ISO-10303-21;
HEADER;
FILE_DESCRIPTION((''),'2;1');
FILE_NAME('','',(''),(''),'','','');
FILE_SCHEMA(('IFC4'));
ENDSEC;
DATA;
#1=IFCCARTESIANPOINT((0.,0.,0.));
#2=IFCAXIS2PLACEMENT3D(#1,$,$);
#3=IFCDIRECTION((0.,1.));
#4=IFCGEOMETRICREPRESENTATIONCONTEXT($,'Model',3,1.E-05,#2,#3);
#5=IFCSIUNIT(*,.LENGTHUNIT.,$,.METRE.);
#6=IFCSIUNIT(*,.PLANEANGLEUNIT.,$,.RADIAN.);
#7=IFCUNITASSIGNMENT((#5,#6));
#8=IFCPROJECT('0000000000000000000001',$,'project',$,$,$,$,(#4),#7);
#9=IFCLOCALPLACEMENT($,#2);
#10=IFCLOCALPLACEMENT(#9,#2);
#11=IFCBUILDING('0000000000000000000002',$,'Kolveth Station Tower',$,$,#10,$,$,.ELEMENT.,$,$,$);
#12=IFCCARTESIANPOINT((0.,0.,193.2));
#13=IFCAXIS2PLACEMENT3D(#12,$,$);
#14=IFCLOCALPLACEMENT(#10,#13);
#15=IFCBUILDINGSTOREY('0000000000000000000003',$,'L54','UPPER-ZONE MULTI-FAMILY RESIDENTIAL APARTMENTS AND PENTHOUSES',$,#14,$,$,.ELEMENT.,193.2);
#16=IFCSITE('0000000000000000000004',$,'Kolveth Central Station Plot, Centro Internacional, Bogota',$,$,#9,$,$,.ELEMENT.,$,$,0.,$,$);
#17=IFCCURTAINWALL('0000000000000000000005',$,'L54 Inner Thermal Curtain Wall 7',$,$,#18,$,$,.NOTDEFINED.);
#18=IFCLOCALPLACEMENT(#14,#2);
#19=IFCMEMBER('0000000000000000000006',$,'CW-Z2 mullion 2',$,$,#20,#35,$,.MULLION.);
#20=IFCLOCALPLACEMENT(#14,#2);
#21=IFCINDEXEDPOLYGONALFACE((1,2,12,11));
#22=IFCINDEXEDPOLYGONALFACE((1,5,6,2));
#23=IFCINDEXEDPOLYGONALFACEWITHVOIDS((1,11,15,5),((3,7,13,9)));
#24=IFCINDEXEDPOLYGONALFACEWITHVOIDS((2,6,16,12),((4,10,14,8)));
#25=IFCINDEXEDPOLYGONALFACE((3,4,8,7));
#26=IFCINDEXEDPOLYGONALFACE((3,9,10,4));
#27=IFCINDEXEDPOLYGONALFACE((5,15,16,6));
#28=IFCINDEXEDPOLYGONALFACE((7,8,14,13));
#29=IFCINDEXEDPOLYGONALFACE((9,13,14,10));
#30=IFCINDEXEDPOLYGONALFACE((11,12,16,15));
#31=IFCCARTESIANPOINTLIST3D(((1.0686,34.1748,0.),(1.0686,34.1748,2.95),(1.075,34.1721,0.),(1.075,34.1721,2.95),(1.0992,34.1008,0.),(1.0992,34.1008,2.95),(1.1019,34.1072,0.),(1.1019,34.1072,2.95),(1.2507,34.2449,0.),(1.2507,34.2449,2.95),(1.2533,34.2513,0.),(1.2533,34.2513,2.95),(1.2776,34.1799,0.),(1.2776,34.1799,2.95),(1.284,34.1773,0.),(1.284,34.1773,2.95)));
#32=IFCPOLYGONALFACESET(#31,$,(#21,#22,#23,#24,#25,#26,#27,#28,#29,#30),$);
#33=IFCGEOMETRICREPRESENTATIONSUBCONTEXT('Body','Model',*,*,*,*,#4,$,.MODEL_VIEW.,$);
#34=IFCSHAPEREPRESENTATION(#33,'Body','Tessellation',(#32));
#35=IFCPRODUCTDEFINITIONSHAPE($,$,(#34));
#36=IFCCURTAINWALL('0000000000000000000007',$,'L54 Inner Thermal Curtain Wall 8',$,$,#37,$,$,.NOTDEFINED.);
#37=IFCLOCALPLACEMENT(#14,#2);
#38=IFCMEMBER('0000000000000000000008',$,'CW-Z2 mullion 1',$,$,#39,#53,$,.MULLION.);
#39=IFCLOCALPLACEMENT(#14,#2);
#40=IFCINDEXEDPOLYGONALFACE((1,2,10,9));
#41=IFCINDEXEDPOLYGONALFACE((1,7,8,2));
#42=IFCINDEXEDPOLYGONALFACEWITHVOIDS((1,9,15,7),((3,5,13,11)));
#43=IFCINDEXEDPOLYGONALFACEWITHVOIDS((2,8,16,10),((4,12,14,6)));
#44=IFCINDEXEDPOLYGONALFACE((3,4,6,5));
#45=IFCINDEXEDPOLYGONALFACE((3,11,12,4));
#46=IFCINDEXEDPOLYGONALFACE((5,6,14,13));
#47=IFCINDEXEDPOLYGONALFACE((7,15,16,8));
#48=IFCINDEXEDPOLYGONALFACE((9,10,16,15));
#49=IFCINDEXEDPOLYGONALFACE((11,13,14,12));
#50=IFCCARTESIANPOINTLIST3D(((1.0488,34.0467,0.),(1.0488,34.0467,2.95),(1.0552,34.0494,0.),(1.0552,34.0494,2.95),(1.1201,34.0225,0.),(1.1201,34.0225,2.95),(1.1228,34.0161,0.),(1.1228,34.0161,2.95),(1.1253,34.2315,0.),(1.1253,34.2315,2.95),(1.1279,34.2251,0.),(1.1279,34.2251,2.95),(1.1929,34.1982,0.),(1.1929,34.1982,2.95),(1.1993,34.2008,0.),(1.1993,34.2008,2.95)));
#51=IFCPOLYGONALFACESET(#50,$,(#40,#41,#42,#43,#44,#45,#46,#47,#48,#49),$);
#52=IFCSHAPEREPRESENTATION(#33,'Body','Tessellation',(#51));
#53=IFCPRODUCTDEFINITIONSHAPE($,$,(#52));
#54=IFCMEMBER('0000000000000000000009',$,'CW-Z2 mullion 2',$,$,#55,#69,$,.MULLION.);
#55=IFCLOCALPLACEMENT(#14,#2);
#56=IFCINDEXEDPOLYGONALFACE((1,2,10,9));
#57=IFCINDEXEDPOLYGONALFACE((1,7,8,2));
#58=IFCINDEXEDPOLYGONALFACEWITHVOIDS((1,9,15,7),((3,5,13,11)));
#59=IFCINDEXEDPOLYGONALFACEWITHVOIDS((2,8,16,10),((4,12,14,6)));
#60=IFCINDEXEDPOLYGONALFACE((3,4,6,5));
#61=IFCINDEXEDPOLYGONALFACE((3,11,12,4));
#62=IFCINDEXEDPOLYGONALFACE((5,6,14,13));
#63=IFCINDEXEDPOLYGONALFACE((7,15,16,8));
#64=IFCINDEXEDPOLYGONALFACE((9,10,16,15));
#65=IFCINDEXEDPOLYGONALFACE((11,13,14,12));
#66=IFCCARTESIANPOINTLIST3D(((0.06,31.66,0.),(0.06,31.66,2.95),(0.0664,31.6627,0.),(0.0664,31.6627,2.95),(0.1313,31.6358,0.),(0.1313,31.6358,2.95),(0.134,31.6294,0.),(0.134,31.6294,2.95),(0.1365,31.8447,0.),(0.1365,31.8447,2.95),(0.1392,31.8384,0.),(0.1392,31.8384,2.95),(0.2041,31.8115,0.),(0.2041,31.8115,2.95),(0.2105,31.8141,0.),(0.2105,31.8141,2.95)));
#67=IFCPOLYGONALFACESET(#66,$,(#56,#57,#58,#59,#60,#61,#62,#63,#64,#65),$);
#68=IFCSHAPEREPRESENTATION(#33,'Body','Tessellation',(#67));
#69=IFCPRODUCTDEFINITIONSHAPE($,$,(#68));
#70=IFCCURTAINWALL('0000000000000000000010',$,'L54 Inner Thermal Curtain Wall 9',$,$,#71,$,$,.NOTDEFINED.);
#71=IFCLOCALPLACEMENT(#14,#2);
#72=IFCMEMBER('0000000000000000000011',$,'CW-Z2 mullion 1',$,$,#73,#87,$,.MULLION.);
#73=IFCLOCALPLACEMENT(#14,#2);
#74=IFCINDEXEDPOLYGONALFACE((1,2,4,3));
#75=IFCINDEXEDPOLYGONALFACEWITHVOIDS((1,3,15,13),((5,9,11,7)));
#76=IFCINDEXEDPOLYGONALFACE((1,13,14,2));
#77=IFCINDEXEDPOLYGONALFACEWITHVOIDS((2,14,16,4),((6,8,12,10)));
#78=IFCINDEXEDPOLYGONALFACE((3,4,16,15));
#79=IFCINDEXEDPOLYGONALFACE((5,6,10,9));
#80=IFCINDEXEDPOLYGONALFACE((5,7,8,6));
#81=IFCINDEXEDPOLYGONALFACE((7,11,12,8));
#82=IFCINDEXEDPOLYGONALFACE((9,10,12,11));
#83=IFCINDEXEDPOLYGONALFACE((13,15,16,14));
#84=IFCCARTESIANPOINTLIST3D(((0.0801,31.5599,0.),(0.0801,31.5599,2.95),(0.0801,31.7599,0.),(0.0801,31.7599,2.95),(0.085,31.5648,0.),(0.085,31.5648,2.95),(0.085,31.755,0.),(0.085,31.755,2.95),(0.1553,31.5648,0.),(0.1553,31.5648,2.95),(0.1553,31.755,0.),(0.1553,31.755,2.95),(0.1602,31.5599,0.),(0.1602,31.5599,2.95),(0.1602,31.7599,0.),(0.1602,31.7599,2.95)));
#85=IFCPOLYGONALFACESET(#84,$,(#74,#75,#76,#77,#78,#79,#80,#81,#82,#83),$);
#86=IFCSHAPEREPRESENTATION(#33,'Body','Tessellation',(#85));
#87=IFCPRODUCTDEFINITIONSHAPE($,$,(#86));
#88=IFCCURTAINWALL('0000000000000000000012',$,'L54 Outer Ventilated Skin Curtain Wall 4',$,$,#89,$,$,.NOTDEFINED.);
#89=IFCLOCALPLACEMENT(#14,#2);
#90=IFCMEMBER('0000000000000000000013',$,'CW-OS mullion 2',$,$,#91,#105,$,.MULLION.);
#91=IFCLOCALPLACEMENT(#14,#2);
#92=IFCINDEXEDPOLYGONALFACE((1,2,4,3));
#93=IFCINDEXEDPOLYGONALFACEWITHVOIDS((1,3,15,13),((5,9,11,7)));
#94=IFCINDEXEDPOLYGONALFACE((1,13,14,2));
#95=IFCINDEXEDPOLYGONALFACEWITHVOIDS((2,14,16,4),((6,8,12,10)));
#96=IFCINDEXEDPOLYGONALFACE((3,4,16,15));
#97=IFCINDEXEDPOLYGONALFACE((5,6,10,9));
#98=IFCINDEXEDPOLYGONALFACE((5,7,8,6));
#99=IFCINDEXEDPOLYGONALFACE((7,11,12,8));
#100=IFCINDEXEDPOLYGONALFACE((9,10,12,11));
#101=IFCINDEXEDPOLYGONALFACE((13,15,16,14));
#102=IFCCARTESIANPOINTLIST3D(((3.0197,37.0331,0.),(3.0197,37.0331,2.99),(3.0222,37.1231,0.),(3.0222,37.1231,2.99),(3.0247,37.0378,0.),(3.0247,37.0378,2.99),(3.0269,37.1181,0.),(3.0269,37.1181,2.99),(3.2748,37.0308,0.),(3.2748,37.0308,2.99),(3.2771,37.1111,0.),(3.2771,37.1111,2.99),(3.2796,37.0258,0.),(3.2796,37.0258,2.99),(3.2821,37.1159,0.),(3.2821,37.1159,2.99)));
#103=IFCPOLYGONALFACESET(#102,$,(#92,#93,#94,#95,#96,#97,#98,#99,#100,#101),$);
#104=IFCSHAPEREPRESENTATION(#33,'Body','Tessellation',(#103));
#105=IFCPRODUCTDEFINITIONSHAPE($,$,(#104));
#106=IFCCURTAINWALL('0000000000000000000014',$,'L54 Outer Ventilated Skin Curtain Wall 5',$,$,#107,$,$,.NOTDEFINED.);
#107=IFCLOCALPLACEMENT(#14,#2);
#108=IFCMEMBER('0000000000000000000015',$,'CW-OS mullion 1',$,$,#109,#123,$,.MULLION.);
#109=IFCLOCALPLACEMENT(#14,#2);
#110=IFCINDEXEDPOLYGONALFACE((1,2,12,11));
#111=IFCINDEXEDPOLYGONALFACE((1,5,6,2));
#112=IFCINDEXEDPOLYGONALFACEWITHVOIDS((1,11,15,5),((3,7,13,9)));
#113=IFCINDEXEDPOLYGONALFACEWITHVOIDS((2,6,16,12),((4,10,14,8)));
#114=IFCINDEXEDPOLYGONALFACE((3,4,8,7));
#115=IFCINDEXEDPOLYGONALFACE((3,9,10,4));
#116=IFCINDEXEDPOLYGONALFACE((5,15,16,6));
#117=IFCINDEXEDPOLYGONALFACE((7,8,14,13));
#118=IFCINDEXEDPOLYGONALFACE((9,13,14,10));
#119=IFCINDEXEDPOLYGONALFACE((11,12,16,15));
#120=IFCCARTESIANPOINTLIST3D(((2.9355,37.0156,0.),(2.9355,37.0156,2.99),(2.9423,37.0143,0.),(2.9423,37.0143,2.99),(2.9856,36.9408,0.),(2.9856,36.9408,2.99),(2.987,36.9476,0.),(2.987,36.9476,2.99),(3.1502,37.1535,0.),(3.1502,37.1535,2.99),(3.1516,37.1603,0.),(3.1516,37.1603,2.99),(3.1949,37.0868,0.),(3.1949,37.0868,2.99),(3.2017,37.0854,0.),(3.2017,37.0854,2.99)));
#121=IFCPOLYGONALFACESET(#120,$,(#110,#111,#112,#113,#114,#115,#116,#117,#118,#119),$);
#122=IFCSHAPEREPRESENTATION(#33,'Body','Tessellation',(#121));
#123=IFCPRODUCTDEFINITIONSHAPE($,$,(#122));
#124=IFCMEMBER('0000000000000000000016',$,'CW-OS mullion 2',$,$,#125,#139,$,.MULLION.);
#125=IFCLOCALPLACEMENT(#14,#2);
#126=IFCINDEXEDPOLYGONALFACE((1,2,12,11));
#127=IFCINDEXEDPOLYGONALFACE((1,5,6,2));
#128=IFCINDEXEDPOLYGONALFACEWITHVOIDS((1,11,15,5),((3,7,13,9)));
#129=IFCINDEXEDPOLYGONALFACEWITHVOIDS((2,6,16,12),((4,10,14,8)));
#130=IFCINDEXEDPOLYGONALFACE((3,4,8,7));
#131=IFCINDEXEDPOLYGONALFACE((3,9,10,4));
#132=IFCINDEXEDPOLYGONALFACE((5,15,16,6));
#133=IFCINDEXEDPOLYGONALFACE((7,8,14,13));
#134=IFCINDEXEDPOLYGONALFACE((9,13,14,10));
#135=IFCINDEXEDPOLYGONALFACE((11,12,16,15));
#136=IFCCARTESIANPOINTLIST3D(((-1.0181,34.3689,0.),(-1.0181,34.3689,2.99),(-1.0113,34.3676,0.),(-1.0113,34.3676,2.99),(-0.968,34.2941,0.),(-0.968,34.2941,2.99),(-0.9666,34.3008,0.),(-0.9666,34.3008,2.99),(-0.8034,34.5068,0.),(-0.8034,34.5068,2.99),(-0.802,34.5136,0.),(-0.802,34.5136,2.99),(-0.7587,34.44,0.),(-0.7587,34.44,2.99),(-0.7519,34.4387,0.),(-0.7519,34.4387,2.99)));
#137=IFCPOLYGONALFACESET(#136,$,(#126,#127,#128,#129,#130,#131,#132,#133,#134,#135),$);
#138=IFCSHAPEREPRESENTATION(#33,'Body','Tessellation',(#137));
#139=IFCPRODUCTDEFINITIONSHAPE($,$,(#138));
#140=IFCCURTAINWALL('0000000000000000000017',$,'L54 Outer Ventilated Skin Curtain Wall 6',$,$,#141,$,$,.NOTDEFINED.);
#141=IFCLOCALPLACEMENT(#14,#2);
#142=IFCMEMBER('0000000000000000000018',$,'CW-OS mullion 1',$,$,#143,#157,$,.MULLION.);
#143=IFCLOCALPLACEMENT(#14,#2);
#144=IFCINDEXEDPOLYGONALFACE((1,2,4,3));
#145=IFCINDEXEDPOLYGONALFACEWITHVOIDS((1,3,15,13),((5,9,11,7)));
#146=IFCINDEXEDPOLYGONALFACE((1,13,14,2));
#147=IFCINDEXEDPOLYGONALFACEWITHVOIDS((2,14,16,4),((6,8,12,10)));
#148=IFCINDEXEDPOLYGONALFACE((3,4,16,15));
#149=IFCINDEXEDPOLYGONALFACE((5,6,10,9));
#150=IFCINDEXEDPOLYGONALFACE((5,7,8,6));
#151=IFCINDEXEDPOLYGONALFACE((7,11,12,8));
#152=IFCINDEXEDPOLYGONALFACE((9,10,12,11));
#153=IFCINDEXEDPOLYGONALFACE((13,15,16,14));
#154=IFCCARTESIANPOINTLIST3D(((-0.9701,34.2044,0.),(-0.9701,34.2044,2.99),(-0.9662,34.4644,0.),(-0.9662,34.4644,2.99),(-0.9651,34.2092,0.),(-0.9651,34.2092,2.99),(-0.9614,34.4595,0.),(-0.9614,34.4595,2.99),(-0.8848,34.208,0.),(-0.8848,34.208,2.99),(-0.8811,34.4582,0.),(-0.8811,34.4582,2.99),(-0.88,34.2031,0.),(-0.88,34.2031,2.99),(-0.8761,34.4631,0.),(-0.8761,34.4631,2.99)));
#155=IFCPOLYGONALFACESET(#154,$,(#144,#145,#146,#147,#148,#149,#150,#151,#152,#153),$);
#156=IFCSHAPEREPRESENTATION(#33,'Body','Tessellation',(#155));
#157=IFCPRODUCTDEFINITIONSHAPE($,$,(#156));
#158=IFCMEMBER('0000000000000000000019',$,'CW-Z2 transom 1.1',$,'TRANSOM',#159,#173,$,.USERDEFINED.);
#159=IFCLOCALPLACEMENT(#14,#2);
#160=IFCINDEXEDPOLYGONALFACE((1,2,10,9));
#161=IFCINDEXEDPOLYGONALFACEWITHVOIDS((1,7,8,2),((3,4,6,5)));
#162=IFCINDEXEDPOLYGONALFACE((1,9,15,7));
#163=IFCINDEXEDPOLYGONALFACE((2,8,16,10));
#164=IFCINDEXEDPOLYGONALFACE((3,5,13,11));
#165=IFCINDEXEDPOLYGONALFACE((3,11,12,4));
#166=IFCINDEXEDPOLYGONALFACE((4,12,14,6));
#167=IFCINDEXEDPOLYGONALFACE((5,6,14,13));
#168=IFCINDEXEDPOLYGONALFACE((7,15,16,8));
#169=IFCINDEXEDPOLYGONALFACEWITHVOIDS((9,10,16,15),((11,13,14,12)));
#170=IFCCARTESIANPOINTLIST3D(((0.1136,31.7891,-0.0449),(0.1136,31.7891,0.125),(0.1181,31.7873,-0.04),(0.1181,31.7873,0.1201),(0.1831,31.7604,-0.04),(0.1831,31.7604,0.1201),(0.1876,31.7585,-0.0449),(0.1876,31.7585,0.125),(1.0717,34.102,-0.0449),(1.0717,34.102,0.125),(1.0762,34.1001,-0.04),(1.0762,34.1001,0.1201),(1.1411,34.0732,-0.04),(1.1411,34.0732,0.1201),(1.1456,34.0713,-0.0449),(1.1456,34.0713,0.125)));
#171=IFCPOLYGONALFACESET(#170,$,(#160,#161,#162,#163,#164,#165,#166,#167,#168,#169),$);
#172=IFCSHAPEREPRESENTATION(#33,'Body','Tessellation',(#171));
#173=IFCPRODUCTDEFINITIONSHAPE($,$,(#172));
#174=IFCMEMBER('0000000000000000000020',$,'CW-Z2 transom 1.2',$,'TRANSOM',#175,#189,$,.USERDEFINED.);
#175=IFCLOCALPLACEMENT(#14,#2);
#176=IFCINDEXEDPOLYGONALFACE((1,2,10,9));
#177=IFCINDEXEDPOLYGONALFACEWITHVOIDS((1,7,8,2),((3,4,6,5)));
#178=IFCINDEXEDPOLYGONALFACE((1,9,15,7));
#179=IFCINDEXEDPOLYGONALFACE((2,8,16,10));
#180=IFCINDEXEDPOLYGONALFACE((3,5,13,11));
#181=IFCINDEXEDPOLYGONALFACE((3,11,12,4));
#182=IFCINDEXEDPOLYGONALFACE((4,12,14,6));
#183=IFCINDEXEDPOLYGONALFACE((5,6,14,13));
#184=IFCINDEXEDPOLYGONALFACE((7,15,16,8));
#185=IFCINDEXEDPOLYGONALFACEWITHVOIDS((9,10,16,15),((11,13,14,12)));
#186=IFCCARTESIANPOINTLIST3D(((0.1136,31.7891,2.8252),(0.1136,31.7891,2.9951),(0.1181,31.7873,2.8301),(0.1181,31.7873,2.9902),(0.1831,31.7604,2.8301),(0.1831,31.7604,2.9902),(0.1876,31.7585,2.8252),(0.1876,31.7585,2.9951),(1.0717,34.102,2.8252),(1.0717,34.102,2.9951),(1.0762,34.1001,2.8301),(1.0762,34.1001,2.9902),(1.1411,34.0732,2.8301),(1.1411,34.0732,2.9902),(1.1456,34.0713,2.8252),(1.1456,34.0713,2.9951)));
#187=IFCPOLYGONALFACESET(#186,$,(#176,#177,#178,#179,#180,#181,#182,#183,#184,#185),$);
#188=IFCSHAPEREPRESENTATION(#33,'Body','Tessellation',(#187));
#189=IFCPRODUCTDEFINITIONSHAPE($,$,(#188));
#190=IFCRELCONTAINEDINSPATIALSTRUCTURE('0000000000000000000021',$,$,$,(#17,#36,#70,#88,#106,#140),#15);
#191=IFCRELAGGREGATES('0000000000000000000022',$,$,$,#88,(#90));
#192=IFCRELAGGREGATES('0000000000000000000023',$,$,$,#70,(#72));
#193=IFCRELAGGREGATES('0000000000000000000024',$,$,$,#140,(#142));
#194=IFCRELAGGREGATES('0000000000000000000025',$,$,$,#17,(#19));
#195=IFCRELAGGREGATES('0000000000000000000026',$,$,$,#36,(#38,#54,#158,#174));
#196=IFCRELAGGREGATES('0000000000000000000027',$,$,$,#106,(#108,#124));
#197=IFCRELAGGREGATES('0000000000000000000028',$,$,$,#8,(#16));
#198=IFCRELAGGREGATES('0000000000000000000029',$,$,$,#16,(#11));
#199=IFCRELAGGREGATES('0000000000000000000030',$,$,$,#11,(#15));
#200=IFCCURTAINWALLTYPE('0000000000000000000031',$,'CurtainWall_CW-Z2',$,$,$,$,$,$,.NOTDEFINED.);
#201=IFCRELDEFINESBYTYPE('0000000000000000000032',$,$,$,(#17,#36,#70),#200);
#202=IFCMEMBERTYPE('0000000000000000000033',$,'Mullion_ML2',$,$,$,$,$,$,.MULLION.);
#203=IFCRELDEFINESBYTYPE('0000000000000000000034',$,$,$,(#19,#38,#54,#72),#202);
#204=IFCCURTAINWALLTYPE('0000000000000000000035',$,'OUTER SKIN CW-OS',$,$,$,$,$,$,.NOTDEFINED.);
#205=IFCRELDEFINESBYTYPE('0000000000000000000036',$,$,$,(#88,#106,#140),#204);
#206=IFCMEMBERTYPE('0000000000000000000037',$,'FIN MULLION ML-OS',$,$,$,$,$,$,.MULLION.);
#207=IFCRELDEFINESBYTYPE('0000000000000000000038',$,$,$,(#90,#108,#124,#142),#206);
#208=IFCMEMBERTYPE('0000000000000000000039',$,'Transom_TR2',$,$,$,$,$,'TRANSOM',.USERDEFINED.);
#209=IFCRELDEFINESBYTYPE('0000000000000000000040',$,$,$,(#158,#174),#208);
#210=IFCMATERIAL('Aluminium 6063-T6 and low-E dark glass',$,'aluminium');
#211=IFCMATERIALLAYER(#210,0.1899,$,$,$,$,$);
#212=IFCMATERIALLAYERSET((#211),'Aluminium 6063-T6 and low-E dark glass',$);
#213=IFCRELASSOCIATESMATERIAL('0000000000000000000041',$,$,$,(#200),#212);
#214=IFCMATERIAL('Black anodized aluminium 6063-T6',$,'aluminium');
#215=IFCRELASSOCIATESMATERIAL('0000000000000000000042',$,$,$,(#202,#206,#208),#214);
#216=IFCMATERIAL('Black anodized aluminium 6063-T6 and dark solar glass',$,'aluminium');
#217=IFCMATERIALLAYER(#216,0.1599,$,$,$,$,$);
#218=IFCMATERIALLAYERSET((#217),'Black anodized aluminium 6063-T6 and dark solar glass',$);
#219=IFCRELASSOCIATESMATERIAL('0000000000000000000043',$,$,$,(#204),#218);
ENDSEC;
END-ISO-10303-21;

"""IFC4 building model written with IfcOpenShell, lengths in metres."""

from ifc_helpers import new_model, si_unit, direction, frame, origin, origin_2d, place, context, subcontext, project, spatial, hollow_rectangle, extrude, source, transform, mapped, material, layer, layer_set, material_profile, profile_set, type_object, element, aggregate, save


model = new_model("IFC4")

# Units and contexts
model_context = context("Model", 3, precision=1e-05, world=origin(), true_north=direction((0.0, 1.0)))
body_context = subcontext(model_context, "Body", "Model", "MODEL_VIEW")
ifc_project = project(units=[si_unit("LENGTHUNIT", "METRE"), si_unit("PLANEANGLEUNIT", "RADIAN")], contexts=[model_context])

# Site, building, storey
site_placement = place(None, origin())
site = spatial("IfcSite", under=ifc_project, at=site_placement, Name="Kolveth Central Station Plot, Centro Internacional, Bogota", CompositionType="ELEMENT", RefElevation=0.0)
building_placement = place(site_placement, origin())
building = spatial("IfcBuilding", under=site, at=building_placement, Name="Kolveth Station Tower", CompositionType="ELEMENT")
storey_placement = place(building_placement, frame((0.0, 0.0, 193.2)))
storey = spatial("IfcBuildingStorey", under=building, at=storey_placement, Name="L54", Description="UPPER-ZONE MULTI-FAMILY RESIDENTIAL APARTMENTS AND PENTHOUSES", CompositionType="ELEMENT", Elevation=193.2)

# Curtain wall, member
ifc_material_1 = material(Name="Aluminium 6063-T6 and low-E dark glass", Category="aluminium")
ifc_layer_1 = layer(ifc_material_1, 0.1899)
ifc_layer_set_1 = layer_set([ifc_layer_1], Name="Aluminium 6063-T6 and low-E dark glass")
curtain_wall_type_1 = type_object("IfcCurtainWallType", Name="CurtainWall_CW-Z2", PredefinedType="NOTDEFINED", material=ifc_layer_set_1)
curtain_wall_1_placement = place(storey_placement, origin())
curtain_wall_1 = element("IfcCurtainWall", 1, at=curtain_wall_1_placement, inside=storey, type_object=curtain_wall_type_1, Name="L54 Inner Thermal Curtain Wall 7", PredefinedType="NOTDEFINED")
ifc_material_2 = material(Name="Black anodized aluminium 6063-T6", Category="aluminium")
ifc_material_profile_1 = material_profile(ifc_material_2, hollow_rectangle(XDim=0.0801, YDim=0.2, WallThickness=0.0049, at=origin_2d()), Name="ALU-80x200x5")
ifc_profile_set_1 = profile_set([ifc_material_profile_1], Name="Black anodized aluminium 6063-T6")
member_type_1 = type_object("IfcMemberType", Name="Mullion_ML2", PredefinedType="MULLION", material=ifc_profile_set_1)
shared_shape_1 = source(origin(), body_context, "Body", "SweptSolid", [
    extrude(hollow_rectangle(XDim=0.0801, YDim=0.2, WallThickness=0.0049, at=origin_2d()), origin(), (0.0, 0.0, 1.0), 2.95),
])
member_1_placement = place(storey_placement, frame((1.1763, 34.176, 0.0), z_axis=(0.0, 0.0, 1.0), x_axis=(0.382698, -0.923874, 0.0)))
member_1 = element("IfcMember", 2, at=member_1_placement, type_object=member_type_1, Name="CW-Z2 mullion 2", PredefinedType="MULLION", context=body_context, shape_type="MappedRepresentation", body=[
    mapped(shared_shape_1, transform((0.0, 0.0, 0.0), x_axis=(1.0, 0.0, 0.0), y_axis=(0.0, 1.0, 0.0), z_axis=(0.0, 0.0, 1.0), scale=1.0)),
])

# Curtain wall, members
curtain_wall_2_placement = place(storey_placement, origin())
curtain_wall_2 = element("IfcCurtainWall", 3, at=curtain_wall_2_placement, inside=storey, type_object=curtain_wall_type_1, Name="L54 Inner Thermal Curtain Wall 8", PredefinedType="NOTDEFINED")
member_2_placement = place(storey_placement, frame((1.124, 34.1238, 0.0), z_axis=(0.0, 0.0, 1.0), x_axis=(0.923874, -0.382698, 0.0)))
member_2 = element("IfcMember", 4, at=member_2_placement, type_object=member_type_1, Name="CW-Z2 mullion 1", PredefinedType="MULLION", context=body_context, shape_type="MappedRepresentation", body=[
    mapped(shared_shape_1, transform((0.0, 0.0, 0.0), x_axis=(1.0, 0.0, 0.0), y_axis=(0.0, 1.0, 0.0), z_axis=(0.0, 0.0, 1.0), scale=1.0)),
])
member_3_placement = place(storey_placement, frame((0.1353, 31.7371, 0.0), z_axis=(0.0, 0.0, 1.0), x_axis=(0.923874, -0.382698, 0.0)))
member_3 = element("IfcMember", 5, at=member_3_placement, type_object=member_type_1, Name="CW-Z2 mullion 2", PredefinedType="MULLION", context=body_context, shape_type="MappedRepresentation", body=[
    mapped(shared_shape_1, transform((0.0, 0.0, 0.0), x_axis=(1.0, 0.0, 0.0), y_axis=(0.0, 1.0, 0.0), z_axis=(0.0, 0.0, 1.0), scale=1.0)),
])

# Curtain walls, members
curtain_wall_3_placement = place(storey_placement, origin())
curtain_wall_3 = element("IfcCurtainWall", 6, at=curtain_wall_3_placement, inside=storey, type_object=curtain_wall_type_1, Name="L54 Inner Thermal Curtain Wall 9", PredefinedType="NOTDEFINED")
member_4_placement = place(storey_placement, frame((0.1201, 31.6599, 0.0), z_axis=(0.0, 0.0, 1.0), x_axis=(1.0, 0.0, 0.0)))
member_4 = element("IfcMember", 7, at=member_4_placement, type_object=member_type_1, Name="CW-Z2 mullion 1", PredefinedType="MULLION", context=body_context, shape_type="MappedRepresentation", body=[
    mapped(shared_shape_1, transform((0.0, 0.0, 0.0), x_axis=(1.0, 0.0, 0.0), y_axis=(0.0, 1.0, 0.0), z_axis=(0.0, 0.0, 1.0), scale=1.0)),
])
ifc_material_3 = material(Name="Black anodized aluminium 6063-T6 and dark solar glass", Category="aluminium")
ifc_layer_2 = layer(ifc_material_3, 0.1599)
ifc_layer_set_2 = layer_set([ifc_layer_2], Name="Black anodized aluminium 6063-T6 and dark solar glass")
curtain_wall_type_2 = type_object("IfcCurtainWallType", Name="OUTER SKIN CW-OS", PredefinedType="NOTDEFINED", material=ifc_layer_set_2)
curtain_wall_4_placement = place(storey_placement, origin())
curtain_wall_4 = element("IfcCurtainWall", 8, at=curtain_wall_4_placement, inside=storey, type_object=curtain_wall_type_2, Name="L54 Outer Ventilated Skin Curtain Wall 4", PredefinedType="NOTDEFINED")
ifc_material_profile_2 = material_profile(ifc_material_2, hollow_rectangle(XDim=0.0901, YDim=0.26, WallThickness=0.0049, at=origin_2d()), Name="ALU-90x260x5")
ifc_profile_set_2 = profile_set([ifc_material_profile_2], Name="Black anodized aluminium 6063-T6")
member_type_2 = type_object("IfcMemberType", Name="FIN MULLION ML-OS", PredefinedType="MULLION", material=ifc_profile_set_2)
shared_shape_2 = source(origin(), body_context, "Body", "SweptSolid", [
    extrude(hollow_rectangle(XDim=0.0901, YDim=0.26, WallThickness=0.0049, at=origin_2d()), origin(), (0.0, 0.0, 1.0), 2.99),
])
member_5_placement = place(storey_placement, frame((3.1509, 37.0745, 0.0), z_axis=(0.0, 0.0, 1.0), x_axis=(-0.027822, -0.999613, 0.0)))
member_5 = element("IfcMember", 9, at=member_5_placement, type_object=member_type_2, Name="CW-OS mullion 2", PredefinedType="MULLION", context=body_context, shape_type="MappedRepresentation", body=[
    mapped(shared_shape_2, transform((0.0, 0.0, 0.0), x_axis=(1.0, 0.0, 0.0), y_axis=(0.0, 1.0, 0.0), z_axis=(0.0, 0.0, 1.0), scale=1.0)),
])
aggregate(curtain_wall_4, [member_5])

# Curtain wall, members
curtain_wall_5_placement = place(storey_placement, origin())
curtain_wall_5 = element("IfcCurtainWall", 10, at=curtain_wall_5_placement, inside=storey, type_object=curtain_wall_type_2, Name="L54 Outer Ventilated Skin Curtain Wall 5", PredefinedType="NOTDEFINED")
member_6_placement = place(storey_placement, frame((3.0686, 37.0505, 0.0), z_axis=(0.0, 0.0, 1.0), x_axis=(0.556313, -0.830973, 0.0)))
member_6 = element("IfcMember", 11, at=member_6_placement, type_object=member_type_2, Name="CW-OS mullion 1", PredefinedType="MULLION", context=body_context, shape_type="MappedRepresentation", body=[
    mapped(shared_shape_2, transform((0.0, 0.0, 0.0), x_axis=(1.0, 0.0, 0.0), y_axis=(0.0, 1.0, 0.0), z_axis=(0.0, 0.0, 1.0), scale=1.0)),
])
member_7_placement = place(storey_placement, frame((-0.885, 34.4038, 0.0), z_axis=(0.0, 0.0, 1.0), x_axis=(0.556313, -0.830973, 0.0)))
member_7 = element("IfcMember", 12, at=member_7_placement, type_object=member_type_2, Name="CW-OS mullion 2", PredefinedType="MULLION", context=body_context, shape_type="MappedRepresentation", body=[
    mapped(shared_shape_2, transform((0.0, 0.0, 0.0), x_axis=(1.0, 0.0, 0.0), y_axis=(0.0, 1.0, 0.0), z_axis=(0.0, 0.0, 1.0), scale=1.0)),
])

# Curtain wall, member
curtain_wall_6_placement = place(storey_placement, origin())
curtain_wall_6 = element("IfcCurtainWall", 13, at=curtain_wall_6_placement, inside=storey, type_object=curtain_wall_type_2, Name="L54 Outer Ventilated Skin Curtain Wall 6", PredefinedType="NOTDEFINED")
member_8_placement = place(storey_placement, frame((-0.9231, 34.3337, 0.0), z_axis=(0.0, 0.0, 1.0), x_axis=(0.999887, -0.015058, 0.0)))
member_8 = element("IfcMember", 14, at=member_8_placement, type_object=member_type_2, Name="CW-OS mullion 1", PredefinedType="MULLION", context=body_context, shape_type="MappedRepresentation", body=[
    mapped(shared_shape_2, transform((0.0, 0.0, 0.0), x_axis=(1.0, 0.0, 0.0), y_axis=(0.0, 1.0, 0.0), z_axis=(0.0, 0.0, 1.0), scale=1.0)),
])

# Members
ifc_material_profile_3 = material_profile(ifc_material_2, hollow_rectangle(XDim=0.0801, YDim=0.1699, WallThickness=0.0049, at=origin_2d()), Name="ALU-80x170x5")
ifc_profile_set_3 = profile_set([ifc_material_profile_3], Name="Black anodized aluminium 6063-T6")
member_type_3 = type_object("IfcMemberType", Name="Transom_TR2", ElementType="TRANSOM", PredefinedType="USERDEFINED", material=ifc_profile_set_3)
shared_shape_3 = source(origin(), body_context, "Body", "SweptSolid", [
    extrude(hollow_rectangle(XDim=0.0801, YDim=0.1699, WallThickness=0.0049, at=origin_2d()), origin(), (0.0, 0.0, 1.0), 2.5034),
])
member_9_placement = place(storey_placement, frame((1.1086, 34.0867, 0.04), z_axis=(-0.382696, -0.923874, 0.0), x_axis=(0.923874, -0.382696, 0.0)))
member_9 = element("IfcMember", 15, at=member_9_placement, type_object=member_type_3, Name="CW-Z2 transom 1.1", ObjectType="TRANSOM", PredefinedType="USERDEFINED", context=body_context, shape_type="MappedRepresentation", body=[
    mapped(shared_shape_3, transform((0.0, 0.0, 0.0), x_axis=(1.0, 0.0, 0.0), y_axis=(0.0, 1.0, 0.0), z_axis=(0.0, 0.0, 1.0), scale=1.0)),
])
member_10_placement = place(storey_placement, frame((1.1086, 34.0867, 2.9102), z_axis=(-0.382696, -0.923874, 0.0), x_axis=(0.923874, -0.382696, 0.0)))
member_10 = element("IfcMember", 16, at=member_10_placement, type_object=member_type_3, Name="CW-Z2 transom 1.2", ObjectType="TRANSOM", PredefinedType="USERDEFINED", context=body_context, shape_type="MappedRepresentation", body=[
    mapped(shared_shape_3, transform((0.0, 0.0, 0.0), x_axis=(1.0, 0.0, 0.0), y_axis=(0.0, 1.0, 0.0), z_axis=(0.0, 0.0, 1.0), scale=1.0)),
])
aggregate(curtain_wall_3, [member_4])
aggregate(curtain_wall_6, [member_8])

aggregate(curtain_wall_1, [member_1])
aggregate(curtain_wall_2, [member_2, member_3, member_9, member_10])
aggregate(curtain_wall_5, [member_6, member_7])

save(model, "model.ifc")
